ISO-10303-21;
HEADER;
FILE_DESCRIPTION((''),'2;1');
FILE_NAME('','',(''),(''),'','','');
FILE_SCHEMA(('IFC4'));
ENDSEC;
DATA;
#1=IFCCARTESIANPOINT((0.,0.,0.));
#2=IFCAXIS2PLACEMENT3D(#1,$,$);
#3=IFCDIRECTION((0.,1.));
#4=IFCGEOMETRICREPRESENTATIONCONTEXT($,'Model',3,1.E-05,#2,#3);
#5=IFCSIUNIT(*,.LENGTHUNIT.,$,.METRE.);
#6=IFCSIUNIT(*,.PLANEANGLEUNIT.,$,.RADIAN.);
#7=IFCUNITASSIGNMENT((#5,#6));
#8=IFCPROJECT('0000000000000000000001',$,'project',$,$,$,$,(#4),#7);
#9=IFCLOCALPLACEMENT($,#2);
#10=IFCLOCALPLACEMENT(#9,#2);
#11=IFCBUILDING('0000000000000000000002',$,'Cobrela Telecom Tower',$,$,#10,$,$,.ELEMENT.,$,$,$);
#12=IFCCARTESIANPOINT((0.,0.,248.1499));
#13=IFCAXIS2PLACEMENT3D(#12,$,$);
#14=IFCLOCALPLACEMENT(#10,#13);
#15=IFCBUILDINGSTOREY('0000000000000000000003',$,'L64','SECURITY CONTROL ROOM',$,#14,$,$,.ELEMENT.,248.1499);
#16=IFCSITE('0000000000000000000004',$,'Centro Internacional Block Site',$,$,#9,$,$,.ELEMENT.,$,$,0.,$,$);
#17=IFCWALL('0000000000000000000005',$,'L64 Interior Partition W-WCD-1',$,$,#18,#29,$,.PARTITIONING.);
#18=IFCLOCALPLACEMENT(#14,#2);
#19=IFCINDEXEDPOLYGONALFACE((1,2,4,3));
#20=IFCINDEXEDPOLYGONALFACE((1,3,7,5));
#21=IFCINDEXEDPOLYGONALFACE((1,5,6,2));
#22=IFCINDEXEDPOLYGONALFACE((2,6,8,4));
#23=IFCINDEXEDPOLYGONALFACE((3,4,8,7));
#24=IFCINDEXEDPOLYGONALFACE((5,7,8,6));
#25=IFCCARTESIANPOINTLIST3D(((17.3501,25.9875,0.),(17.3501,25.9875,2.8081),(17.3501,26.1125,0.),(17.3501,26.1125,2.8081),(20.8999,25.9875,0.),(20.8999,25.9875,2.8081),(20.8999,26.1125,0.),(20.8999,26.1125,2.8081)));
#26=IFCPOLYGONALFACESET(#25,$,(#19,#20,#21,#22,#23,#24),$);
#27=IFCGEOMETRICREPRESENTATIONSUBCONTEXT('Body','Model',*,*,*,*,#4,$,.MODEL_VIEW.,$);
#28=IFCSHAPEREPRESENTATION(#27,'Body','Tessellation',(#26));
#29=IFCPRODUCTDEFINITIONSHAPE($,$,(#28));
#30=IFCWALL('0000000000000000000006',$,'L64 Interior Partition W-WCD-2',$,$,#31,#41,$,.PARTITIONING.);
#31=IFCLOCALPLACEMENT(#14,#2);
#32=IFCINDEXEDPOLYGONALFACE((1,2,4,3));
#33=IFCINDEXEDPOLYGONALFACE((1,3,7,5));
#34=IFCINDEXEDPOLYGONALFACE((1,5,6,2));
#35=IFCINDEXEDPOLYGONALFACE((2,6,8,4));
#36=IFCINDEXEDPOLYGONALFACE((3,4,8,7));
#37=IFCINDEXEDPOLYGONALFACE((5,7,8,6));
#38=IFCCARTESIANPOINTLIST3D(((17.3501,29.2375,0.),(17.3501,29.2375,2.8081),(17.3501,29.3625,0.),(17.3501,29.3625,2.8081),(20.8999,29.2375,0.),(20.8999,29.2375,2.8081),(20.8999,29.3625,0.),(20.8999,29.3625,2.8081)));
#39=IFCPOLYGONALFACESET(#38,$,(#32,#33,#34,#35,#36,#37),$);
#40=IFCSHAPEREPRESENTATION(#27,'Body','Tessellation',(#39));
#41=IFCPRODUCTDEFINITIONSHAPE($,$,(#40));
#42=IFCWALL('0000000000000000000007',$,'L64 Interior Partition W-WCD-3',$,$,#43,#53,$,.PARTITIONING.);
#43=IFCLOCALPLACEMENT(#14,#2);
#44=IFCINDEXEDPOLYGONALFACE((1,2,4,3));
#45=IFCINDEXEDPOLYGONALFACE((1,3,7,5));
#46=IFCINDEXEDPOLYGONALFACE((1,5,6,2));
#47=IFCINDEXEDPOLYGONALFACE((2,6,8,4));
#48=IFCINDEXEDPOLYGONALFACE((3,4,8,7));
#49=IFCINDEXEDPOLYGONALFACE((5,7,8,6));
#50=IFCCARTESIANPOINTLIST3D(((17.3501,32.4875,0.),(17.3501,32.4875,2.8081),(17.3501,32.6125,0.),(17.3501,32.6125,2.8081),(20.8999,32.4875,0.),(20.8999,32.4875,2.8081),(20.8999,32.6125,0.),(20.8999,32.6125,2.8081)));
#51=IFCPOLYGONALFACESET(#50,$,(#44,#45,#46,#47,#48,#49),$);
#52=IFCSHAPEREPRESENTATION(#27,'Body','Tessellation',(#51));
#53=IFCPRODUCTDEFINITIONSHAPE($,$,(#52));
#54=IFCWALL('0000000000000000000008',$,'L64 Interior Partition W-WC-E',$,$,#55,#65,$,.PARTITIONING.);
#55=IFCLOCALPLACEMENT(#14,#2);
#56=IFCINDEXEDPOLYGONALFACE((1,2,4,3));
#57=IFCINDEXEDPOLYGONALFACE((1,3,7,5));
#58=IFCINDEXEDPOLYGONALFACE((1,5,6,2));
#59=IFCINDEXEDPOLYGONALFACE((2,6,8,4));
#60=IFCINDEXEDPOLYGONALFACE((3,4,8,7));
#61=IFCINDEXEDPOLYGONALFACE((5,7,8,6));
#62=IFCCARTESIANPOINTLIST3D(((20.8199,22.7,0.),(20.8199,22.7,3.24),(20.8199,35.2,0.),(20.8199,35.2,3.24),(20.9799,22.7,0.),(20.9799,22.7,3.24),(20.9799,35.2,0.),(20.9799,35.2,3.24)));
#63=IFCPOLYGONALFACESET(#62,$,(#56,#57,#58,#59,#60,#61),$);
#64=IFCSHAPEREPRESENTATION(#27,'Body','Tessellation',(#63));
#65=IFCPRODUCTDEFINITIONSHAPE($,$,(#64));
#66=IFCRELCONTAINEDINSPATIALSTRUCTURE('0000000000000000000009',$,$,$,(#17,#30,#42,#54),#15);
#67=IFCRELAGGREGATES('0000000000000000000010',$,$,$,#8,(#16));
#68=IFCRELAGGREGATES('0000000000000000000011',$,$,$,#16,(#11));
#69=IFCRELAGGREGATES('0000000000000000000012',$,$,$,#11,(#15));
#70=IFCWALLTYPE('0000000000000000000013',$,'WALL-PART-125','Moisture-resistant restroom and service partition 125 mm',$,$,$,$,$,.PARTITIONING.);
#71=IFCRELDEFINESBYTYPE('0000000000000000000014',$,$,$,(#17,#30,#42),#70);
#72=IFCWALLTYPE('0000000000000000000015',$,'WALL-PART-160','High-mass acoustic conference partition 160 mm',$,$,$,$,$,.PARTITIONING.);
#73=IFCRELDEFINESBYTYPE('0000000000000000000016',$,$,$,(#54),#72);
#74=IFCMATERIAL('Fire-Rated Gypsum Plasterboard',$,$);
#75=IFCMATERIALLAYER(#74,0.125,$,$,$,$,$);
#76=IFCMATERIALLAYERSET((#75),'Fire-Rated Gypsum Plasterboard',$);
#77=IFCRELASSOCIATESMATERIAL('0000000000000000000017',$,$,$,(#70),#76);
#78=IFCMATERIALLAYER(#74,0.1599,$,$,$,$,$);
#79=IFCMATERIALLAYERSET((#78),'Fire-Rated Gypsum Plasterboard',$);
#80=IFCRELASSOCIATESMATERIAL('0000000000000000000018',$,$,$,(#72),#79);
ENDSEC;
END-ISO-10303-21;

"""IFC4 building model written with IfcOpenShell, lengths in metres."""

from ifc_helpers import new_model, si_unit, direction, frame, frame_2d, origin, place, context, subcontext, project, spatial, rectangle, extrude, material, layer, layer_set, type_object, element, save


model = new_model("IFC4")

# Units and contexts
model_context = context("Model", 3, precision=1e-05, world=origin(), true_north=direction((0.0, 1.0)))
body_context = subcontext(model_context, "Body", "Model", "MODEL_VIEW")
ifc_project = project(units=[si_unit("LENGTHUNIT", "METRE"), si_unit("PLANEANGLEUNIT", "RADIAN")], contexts=[model_context])

# Site, building, storey
site_placement = place(None, origin())
site = spatial("IfcSite", under=ifc_project, at=site_placement, Name="Centro Internacional Block Site", CompositionType="ELEMENT", RefElevation=0.0)
building_placement = place(site_placement, origin())
building = spatial("IfcBuilding", under=site, at=building_placement, Name="Cobrela Telecom Tower", CompositionType="ELEMENT")
storey_placement = place(building_placement, frame((0.0, 0.0, 248.1499)))
storey = spatial("IfcBuildingStorey", under=building, at=storey_placement, Name="L64", Description="SECURITY CONTROL ROOM", CompositionType="ELEMENT", Elevation=248.1499)

# Walls
ifc_material_1 = material(Name="Fire-Rated Gypsum Plasterboard")
ifc_layer_1 = layer(ifc_material_1, 0.125)
ifc_layer_set_1 = layer_set([ifc_layer_1], Name="Fire-Rated Gypsum Plasterboard")
wall_type_1 = type_object("IfcWallType", Name="WALL-PART-125", Description="Moisture-resistant restroom and service partition 125 mm", PredefinedType="PARTITIONING", material=ifc_layer_set_1)
for number, where, z_axis, x_axis, name in (
    (1, (17.3501, 26.05, 0.0), (0.0, 0.0, 1.0), (1.0, 0.0, 0.0), "L64 Interior Partition W-WCD-1"),
    (2, (17.3501, 29.3, 0.0), (0.0, 0.0, 1.0), (1.0, 0.0, 0.0), "L64 Interior Partition W-WCD-2"),
    (3, (17.3501, 32.55, 0.0), (0.0, 0.0, 1.0), (1.0, 0.0, 0.0), "L64 Interior Partition W-WCD-3"),
):
    element("IfcWall", number, at=place(storey_placement, frame(where, z_axis=z_axis, x_axis=x_axis)), inside=storey, type_object=wall_type_1, Name=name, PredefinedType="PARTITIONING", context=body_context, shape_type="SweptSolid", body=[
        extrude(rectangle(XDim=3.5498, YDim=0.125, at=frame_2d((1.7749, 0.0))), origin(), (0.0, 0.0, 1.0), 2.8081),
    ])
ifc_layer_2 = layer(ifc_material_1, 0.1599)
ifc_layer_set_2 = layer_set([ifc_layer_2], Name="Fire-Rated Gypsum Plasterboard")
wall_type_2 = type_object("IfcWallType", Name="WALL-PART-160", Description="High-mass acoustic conference partition 160 mm", PredefinedType="PARTITIONING", material=ifc_layer_set_2)
wall_1_placement = place(storey_placement, frame((20.8999, 22.7, 0.0), z_axis=(0.0, 0.0, 1.0), x_axis=(0.0, 1.0, 0.0)))
element("IfcWall", 4, at=wall_1_placement, inside=storey, type_object=wall_type_2, Name="L64 Interior Partition W-WC-E", PredefinedType="PARTITIONING", context=body_context, shape_type="SweptSolid", body=[
    extrude(rectangle(XDim=12.5, YDim=0.1599, at=frame_2d((6.25, 0.0))), origin(), (0.0, 0.0, 1.0), 3.24),
])

save(model, "model.ifc")
